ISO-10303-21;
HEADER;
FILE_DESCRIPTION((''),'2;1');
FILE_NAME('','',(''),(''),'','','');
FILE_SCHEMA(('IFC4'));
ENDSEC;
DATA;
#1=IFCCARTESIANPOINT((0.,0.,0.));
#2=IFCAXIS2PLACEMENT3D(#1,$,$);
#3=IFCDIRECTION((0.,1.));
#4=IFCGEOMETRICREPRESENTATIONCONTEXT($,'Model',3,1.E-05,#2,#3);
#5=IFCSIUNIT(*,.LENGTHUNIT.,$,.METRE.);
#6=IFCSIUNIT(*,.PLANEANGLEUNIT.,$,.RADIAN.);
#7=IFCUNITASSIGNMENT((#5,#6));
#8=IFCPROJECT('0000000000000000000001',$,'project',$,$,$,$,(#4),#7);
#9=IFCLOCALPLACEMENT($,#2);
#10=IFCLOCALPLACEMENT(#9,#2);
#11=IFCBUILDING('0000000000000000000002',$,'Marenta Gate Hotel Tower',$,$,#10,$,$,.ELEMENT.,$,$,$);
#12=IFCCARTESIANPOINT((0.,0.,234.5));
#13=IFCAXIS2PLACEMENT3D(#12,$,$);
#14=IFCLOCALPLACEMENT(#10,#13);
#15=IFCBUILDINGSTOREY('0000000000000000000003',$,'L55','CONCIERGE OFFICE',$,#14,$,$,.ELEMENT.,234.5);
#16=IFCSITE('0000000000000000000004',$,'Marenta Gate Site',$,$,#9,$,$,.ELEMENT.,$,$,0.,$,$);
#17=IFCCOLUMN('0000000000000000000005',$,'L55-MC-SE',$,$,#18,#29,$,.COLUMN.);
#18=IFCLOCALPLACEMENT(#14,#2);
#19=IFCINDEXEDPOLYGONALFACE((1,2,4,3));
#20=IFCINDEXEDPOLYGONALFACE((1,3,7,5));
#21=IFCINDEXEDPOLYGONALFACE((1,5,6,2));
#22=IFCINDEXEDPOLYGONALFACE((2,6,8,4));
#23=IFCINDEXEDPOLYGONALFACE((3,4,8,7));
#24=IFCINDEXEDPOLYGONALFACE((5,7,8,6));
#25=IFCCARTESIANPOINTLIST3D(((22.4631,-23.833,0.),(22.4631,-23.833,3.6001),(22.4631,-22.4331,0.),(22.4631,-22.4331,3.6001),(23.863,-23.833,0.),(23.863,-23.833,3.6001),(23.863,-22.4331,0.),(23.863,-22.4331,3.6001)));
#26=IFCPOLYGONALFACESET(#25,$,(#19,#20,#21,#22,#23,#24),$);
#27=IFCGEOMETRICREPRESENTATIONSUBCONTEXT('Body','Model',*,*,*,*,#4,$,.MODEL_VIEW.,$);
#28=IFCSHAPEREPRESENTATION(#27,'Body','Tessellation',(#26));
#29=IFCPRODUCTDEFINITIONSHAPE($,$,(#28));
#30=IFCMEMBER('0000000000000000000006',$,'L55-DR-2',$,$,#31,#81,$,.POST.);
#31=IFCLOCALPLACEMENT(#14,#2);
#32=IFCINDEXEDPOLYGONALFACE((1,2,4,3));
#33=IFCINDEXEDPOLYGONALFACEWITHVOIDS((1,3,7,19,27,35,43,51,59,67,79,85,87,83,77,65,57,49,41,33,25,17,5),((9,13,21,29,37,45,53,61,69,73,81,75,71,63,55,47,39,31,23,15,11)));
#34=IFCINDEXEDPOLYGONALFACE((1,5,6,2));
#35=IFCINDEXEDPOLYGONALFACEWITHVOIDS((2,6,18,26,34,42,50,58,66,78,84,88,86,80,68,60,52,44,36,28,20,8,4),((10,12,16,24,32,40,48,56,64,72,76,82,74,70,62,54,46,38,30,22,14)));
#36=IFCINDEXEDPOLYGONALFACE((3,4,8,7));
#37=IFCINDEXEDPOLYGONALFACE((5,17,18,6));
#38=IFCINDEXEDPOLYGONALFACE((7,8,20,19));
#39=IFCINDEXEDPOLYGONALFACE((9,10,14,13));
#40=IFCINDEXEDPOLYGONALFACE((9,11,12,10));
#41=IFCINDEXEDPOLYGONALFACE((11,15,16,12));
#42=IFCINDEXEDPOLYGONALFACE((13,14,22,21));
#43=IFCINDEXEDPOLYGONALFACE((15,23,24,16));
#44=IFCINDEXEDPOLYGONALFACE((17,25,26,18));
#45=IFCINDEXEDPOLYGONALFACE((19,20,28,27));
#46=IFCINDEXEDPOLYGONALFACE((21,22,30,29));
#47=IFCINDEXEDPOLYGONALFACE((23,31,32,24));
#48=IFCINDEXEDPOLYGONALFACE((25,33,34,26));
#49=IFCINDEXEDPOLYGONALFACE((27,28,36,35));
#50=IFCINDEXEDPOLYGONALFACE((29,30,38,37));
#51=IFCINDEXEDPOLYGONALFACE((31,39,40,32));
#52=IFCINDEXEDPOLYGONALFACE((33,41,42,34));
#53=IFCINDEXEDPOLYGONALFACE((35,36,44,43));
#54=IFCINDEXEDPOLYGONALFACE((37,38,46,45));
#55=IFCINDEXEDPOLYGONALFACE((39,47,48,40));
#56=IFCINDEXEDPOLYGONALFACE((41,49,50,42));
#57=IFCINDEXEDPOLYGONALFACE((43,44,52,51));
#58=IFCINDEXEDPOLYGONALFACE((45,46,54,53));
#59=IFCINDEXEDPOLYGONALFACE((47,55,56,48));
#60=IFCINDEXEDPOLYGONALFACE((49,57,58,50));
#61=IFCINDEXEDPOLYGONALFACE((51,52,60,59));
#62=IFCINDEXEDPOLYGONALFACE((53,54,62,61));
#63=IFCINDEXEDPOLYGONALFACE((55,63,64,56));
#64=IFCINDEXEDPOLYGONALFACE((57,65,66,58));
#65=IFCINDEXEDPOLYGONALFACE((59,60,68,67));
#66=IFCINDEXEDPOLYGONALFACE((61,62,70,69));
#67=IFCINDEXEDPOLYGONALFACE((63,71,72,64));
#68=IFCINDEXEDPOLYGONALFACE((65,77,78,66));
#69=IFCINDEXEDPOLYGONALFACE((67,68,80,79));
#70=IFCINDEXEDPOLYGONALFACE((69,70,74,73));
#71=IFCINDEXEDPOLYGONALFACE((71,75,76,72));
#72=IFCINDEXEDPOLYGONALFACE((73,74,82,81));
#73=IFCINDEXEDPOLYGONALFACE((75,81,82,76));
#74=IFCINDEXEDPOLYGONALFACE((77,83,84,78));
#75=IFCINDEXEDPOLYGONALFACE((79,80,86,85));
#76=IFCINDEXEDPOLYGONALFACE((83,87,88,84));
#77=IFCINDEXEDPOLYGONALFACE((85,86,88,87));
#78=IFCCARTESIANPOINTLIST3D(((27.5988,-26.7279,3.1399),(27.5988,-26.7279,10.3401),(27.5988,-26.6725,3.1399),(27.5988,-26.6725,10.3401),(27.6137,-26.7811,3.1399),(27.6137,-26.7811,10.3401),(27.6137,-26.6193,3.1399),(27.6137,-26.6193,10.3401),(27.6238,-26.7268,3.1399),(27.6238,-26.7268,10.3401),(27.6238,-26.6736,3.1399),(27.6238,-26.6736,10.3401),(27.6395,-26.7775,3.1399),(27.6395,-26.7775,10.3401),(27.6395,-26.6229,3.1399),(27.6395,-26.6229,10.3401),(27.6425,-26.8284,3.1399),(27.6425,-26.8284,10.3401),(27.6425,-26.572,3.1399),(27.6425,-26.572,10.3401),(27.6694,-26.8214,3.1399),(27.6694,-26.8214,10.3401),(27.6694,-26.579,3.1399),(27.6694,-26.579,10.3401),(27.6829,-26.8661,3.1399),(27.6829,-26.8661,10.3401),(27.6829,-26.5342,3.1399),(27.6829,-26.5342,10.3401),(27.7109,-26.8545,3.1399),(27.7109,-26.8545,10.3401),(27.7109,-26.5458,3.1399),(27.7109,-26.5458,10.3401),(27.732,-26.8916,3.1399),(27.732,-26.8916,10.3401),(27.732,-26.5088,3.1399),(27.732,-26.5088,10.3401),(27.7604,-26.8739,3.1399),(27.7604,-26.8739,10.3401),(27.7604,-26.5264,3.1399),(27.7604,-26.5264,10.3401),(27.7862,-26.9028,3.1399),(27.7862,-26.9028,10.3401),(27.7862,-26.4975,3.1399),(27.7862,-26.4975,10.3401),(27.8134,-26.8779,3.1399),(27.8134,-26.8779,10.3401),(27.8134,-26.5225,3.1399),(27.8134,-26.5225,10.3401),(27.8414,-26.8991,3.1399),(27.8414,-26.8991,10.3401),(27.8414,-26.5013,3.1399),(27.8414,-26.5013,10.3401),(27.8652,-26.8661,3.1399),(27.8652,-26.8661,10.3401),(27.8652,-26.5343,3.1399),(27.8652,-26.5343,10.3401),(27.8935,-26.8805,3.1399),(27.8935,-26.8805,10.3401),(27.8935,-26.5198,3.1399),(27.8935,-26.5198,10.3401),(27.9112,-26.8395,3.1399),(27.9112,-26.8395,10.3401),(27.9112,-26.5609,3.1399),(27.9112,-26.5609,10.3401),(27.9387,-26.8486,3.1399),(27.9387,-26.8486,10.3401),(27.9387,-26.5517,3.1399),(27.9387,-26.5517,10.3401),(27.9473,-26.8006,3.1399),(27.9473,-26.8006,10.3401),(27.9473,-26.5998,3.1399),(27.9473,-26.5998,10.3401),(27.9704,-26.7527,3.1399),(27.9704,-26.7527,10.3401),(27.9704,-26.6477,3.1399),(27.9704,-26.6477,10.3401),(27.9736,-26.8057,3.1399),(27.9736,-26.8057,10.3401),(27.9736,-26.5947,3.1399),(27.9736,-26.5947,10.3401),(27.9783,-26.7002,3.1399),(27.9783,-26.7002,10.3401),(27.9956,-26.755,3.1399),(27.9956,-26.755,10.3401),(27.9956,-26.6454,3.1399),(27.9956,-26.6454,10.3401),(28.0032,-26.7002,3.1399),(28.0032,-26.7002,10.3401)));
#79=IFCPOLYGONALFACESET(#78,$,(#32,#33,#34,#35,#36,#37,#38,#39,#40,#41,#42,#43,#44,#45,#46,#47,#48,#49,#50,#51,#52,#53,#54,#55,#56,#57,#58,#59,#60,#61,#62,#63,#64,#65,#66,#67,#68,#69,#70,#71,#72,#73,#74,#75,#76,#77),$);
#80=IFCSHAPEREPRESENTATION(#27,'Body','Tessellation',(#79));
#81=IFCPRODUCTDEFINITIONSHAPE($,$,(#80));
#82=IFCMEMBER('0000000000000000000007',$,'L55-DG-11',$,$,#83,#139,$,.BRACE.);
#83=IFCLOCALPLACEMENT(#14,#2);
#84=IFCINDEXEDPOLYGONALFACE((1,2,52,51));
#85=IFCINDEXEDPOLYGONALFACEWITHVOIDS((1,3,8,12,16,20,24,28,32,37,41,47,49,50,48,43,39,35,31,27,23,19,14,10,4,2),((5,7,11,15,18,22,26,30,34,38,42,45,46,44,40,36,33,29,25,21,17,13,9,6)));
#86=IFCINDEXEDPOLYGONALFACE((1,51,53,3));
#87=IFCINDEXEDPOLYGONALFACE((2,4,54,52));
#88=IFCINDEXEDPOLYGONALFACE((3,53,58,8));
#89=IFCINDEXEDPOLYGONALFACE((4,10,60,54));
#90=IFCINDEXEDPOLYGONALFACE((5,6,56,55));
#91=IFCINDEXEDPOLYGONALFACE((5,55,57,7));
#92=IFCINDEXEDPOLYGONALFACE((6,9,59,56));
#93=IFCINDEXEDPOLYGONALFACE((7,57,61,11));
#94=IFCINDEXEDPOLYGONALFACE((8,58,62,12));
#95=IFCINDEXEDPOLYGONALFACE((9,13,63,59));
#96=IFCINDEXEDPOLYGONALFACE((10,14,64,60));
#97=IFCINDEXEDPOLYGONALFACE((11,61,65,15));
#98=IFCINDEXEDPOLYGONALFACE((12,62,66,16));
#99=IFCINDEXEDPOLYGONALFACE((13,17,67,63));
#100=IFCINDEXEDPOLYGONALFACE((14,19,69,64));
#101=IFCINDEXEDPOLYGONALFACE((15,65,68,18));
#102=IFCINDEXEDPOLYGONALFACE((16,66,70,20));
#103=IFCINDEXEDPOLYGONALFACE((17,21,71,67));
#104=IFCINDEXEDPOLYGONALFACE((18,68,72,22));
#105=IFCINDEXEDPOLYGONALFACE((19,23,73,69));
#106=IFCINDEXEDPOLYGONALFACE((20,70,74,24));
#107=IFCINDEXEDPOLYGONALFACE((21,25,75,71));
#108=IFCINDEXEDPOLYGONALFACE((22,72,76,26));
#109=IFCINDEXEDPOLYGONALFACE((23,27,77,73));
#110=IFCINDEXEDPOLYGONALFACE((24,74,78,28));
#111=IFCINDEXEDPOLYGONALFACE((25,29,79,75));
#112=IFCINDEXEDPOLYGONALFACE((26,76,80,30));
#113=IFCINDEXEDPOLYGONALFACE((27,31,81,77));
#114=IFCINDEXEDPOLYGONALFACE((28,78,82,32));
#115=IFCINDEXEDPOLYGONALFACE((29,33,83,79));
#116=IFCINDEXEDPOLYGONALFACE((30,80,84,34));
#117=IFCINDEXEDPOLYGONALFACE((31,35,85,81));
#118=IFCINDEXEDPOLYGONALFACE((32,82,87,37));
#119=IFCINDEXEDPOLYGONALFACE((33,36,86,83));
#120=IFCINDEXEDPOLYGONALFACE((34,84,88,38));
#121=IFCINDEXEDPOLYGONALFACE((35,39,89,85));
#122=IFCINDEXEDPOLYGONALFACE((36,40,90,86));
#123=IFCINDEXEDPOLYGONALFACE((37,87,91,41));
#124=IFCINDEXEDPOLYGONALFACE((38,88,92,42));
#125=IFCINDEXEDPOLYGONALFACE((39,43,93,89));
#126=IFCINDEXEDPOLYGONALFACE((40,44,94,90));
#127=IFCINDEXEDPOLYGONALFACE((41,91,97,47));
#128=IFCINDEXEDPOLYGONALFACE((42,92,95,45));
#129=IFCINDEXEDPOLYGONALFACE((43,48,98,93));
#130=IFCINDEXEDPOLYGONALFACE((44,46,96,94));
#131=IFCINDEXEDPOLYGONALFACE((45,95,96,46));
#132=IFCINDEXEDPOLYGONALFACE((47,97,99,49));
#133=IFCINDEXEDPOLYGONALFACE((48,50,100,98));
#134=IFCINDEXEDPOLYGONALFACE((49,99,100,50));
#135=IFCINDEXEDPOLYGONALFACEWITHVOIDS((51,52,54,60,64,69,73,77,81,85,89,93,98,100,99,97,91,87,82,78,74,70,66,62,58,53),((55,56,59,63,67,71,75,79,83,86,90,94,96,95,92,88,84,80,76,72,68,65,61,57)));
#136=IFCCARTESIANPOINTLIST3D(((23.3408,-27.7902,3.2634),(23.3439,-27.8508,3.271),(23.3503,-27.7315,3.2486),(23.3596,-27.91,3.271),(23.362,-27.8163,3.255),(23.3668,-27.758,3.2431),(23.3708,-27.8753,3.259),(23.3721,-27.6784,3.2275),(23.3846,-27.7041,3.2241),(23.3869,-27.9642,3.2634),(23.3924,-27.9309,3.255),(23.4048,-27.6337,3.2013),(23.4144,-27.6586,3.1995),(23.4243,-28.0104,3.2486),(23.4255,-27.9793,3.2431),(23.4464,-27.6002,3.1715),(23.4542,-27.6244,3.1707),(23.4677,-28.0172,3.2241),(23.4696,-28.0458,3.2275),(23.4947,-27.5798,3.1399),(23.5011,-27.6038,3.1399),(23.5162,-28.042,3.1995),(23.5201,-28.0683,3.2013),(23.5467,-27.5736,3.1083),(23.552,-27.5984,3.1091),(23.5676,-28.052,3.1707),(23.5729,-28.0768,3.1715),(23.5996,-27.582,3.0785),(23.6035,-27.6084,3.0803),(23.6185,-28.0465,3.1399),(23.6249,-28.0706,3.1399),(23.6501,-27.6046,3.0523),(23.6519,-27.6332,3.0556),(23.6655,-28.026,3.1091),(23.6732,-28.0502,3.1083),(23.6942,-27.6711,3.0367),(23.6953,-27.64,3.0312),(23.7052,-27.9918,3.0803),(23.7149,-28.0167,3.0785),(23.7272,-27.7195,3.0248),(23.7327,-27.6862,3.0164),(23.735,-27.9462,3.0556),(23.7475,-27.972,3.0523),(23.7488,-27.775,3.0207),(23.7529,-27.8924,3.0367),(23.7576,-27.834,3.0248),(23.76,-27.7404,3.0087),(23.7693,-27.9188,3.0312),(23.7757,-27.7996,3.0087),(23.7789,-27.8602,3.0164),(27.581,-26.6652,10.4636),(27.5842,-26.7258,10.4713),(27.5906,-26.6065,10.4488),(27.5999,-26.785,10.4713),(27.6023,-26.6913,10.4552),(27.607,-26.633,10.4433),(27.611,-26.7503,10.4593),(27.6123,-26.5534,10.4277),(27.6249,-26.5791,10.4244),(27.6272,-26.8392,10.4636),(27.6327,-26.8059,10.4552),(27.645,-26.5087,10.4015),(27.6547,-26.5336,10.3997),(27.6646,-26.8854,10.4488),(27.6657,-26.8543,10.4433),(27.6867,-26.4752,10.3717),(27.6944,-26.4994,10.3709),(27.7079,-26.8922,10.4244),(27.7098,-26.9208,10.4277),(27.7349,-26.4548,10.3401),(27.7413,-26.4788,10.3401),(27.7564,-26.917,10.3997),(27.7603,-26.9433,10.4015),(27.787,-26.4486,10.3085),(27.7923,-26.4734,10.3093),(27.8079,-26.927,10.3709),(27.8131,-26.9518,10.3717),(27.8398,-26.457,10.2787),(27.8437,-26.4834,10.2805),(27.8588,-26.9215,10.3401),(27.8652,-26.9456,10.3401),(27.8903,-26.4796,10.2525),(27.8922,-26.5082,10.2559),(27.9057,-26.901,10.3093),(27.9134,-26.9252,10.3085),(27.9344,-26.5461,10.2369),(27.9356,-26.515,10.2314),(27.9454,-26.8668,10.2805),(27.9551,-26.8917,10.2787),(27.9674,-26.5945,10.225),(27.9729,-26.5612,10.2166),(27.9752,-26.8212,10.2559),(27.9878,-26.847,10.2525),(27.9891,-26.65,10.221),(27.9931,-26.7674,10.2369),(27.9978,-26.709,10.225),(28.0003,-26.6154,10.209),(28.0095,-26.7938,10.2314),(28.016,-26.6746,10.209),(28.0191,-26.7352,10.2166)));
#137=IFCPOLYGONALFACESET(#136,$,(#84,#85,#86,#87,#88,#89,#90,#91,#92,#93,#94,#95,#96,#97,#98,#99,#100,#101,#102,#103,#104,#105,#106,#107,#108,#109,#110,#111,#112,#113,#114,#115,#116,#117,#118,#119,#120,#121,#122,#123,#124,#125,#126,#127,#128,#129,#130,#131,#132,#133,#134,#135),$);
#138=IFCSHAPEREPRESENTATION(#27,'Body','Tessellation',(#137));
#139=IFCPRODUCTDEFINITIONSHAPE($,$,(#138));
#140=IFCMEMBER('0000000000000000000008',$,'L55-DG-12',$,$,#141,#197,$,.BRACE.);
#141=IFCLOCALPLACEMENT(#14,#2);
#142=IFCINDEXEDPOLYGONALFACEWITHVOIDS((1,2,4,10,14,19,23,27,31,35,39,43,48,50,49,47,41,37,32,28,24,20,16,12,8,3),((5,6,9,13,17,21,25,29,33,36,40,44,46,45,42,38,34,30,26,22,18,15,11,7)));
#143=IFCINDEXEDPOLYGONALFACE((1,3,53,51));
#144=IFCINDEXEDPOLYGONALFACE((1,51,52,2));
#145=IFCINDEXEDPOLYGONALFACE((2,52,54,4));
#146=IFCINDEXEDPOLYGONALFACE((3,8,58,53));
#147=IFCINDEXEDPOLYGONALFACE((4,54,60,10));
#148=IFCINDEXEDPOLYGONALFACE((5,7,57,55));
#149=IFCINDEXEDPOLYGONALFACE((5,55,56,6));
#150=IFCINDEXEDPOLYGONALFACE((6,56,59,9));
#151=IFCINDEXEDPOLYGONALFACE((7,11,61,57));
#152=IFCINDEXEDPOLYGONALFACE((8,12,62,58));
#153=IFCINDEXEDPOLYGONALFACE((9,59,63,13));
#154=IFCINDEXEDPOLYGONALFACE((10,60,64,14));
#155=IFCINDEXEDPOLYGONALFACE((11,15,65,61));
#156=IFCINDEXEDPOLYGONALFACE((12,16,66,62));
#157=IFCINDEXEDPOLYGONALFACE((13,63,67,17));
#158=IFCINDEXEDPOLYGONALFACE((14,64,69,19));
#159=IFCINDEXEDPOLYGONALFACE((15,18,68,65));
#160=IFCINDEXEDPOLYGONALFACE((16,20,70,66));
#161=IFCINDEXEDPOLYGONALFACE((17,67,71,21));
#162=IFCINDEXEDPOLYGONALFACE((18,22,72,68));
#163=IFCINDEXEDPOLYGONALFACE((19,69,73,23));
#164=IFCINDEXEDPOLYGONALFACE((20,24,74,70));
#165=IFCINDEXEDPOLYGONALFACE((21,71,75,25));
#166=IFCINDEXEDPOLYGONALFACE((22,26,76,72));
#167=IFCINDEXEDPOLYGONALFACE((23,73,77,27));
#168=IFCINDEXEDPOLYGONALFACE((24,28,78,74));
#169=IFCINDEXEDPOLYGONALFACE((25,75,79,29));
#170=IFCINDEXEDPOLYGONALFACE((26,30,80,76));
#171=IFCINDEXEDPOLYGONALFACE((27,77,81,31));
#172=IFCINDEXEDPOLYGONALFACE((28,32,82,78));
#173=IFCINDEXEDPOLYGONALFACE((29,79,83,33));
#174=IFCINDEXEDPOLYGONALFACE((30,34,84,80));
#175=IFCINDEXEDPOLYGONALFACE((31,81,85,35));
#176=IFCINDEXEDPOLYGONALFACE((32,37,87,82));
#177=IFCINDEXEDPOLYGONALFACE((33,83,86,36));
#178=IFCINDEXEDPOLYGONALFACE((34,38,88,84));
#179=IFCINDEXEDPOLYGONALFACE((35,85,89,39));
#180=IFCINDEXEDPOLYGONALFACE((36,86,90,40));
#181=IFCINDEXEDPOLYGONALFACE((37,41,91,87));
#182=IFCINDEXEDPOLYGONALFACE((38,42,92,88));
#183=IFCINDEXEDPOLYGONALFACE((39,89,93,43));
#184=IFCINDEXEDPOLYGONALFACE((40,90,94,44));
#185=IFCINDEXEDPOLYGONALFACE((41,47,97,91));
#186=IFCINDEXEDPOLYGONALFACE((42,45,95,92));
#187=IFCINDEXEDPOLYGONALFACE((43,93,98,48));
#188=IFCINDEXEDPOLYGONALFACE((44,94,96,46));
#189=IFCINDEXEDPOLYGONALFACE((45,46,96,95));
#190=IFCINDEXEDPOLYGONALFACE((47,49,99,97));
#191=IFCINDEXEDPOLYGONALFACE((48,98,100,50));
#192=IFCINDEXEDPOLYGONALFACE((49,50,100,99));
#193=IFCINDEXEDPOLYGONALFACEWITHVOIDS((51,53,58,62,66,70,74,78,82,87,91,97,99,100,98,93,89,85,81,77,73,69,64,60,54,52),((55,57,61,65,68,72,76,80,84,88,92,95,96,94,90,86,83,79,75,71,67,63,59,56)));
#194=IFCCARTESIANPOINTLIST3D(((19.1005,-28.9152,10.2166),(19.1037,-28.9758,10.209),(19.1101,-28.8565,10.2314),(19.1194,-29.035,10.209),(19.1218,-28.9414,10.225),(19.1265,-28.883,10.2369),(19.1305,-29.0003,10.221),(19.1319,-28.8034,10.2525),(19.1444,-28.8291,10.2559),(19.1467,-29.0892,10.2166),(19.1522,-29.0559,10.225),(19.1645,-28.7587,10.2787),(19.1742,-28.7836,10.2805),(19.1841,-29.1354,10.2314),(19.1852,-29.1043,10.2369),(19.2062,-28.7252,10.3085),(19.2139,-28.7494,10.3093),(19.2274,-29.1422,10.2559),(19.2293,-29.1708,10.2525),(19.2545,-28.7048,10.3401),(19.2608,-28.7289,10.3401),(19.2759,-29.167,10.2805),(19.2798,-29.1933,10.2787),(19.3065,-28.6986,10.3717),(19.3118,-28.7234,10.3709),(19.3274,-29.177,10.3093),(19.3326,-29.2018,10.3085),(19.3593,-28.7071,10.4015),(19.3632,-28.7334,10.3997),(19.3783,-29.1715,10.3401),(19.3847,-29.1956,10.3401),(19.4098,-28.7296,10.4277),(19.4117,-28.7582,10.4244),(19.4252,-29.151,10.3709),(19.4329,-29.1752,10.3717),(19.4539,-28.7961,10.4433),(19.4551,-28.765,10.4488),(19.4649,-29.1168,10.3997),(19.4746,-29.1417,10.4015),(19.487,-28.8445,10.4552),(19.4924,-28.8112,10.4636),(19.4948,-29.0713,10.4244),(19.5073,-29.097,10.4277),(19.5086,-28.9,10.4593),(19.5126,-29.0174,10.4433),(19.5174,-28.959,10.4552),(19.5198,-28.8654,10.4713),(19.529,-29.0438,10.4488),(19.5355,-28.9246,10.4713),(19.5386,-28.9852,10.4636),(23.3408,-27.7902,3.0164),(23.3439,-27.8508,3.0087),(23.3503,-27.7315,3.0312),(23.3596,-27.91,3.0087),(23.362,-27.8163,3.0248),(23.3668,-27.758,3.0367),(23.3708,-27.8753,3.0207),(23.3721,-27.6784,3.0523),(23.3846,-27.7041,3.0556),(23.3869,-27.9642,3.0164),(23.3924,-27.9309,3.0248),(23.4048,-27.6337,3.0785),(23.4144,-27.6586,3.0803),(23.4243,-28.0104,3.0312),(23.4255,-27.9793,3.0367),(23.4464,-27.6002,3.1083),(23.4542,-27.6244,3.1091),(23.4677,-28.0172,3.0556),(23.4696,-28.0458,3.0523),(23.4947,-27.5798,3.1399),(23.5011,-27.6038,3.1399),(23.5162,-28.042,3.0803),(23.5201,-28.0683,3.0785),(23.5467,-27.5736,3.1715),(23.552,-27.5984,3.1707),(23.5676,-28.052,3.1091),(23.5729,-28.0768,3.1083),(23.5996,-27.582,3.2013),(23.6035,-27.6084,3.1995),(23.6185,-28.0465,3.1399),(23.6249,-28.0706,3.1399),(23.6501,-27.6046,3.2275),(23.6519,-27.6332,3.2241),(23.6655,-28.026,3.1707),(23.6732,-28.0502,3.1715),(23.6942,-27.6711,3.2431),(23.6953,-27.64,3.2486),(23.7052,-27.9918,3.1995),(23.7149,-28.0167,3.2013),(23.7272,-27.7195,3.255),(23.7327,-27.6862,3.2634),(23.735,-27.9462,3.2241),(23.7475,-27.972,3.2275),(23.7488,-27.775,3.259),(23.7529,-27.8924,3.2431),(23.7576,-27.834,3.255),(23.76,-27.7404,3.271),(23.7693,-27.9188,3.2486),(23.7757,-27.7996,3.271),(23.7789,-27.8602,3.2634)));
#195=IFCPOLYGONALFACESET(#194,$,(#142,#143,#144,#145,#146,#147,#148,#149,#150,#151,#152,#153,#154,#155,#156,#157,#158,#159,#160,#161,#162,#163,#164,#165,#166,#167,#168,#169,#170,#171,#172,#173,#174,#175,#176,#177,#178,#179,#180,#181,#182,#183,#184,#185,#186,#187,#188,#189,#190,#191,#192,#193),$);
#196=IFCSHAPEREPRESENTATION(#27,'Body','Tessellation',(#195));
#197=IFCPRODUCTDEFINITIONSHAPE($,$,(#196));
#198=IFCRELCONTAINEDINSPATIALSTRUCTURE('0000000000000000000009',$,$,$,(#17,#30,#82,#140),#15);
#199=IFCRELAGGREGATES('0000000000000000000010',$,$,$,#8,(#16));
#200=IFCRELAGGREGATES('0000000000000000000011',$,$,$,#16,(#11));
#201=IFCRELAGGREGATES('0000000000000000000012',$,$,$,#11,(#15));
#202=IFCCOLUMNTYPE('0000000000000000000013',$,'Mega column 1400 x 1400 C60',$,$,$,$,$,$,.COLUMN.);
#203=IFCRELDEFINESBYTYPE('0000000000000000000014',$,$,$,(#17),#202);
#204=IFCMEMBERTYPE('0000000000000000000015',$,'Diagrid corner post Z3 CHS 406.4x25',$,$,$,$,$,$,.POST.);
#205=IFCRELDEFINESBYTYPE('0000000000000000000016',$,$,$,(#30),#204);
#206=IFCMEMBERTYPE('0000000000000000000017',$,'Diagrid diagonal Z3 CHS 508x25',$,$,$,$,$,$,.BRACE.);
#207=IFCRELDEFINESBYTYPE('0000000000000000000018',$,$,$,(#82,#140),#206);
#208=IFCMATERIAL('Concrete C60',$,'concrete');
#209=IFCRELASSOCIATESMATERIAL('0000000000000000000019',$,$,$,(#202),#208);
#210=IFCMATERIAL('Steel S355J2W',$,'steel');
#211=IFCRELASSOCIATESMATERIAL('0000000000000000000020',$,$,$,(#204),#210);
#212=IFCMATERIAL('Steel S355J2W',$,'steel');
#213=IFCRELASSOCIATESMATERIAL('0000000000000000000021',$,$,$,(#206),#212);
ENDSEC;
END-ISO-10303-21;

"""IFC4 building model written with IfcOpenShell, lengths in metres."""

from ifc_helpers import new_model, si_unit, direction, frame, origin, origin_2d, place, context, subcontext, project, spatial, rectangle, hollow_circle, extrude, material, material_profile, profile_set, type_object, element, save


model = new_model("IFC4")

# Units and contexts
model_context = context("Model", 3, precision=1e-05, world=origin(), true_north=direction((0.0, 1.0)))
body_context = subcontext(model_context, "Body", "Model", "MODEL_VIEW")
ifc_project = project(units=[si_unit("LENGTHUNIT", "METRE"), si_unit("PLANEANGLEUNIT", "RADIAN")], contexts=[model_context])

# Site, building, storey
site_placement = place(None, origin())
site = spatial("IfcSite", under=ifc_project, at=site_placement, Name="Marenta Gate Site", CompositionType="ELEMENT", RefElevation=0.0)
building_placement = place(site_placement, origin())
building = spatial("IfcBuilding", under=site, at=building_placement, Name="Marenta Gate Hotel Tower", CompositionType="ELEMENT")
storey_placement = place(building_placement, frame((0.0, 0.0, 234.5)))
storey = spatial("IfcBuildingStorey", under=building, at=storey_placement, Name="L55", Description="CONCIERGE OFFICE", CompositionType="ELEMENT", Elevation=234.5)

# Column
ifc_material_1 = material(Name="Concrete C60", Category="concrete")
ifc_material_profile_1 = material_profile(ifc_material_1, rectangle(XDim=1.3999, YDim=1.3999, at=origin_2d()), Name="1400 x 1400")
ifc_profile_set_1 = profile_set([ifc_material_profile_1], Name="Concrete C60")
column_type = type_object("IfcColumnType", Name="Mega column 1400 x 1400 C60", PredefinedType="COLUMN", material=ifc_profile_set_1)
column_placement = place(storey_placement, frame((23.1631, -23.1331, 0.0), z_axis=(0.0, 0.0, 1.0), x_axis=(1.0, 0.0, 0.0)))
element("IfcColumn", 1, at=column_placement, inside=storey, type_object=column_type, Name="L55-MC-SE", PredefinedType="COLUMN", context=body_context, shape_type="SweptSolid", body=[
    extrude(rectangle(XDim=1.3999, YDim=1.3999, at=origin_2d()), origin(), (0.0, 0.0, 1.0), 3.6001),
])

# Members
ifc_material_2 = material(Name="Steel S355J2W", Category="steel")
ifc_material_profile_2 = material_profile(ifc_material_2, hollow_circle(Radius=0.2031, WallThickness=0.0249, at=origin_2d()), Name="CHS 406.4x25")
ifc_profile_set_2 = profile_set([ifc_material_profile_2], Name="Steel S355J2W")
member_type_1 = type_object("IfcMemberType", Name="Diagrid corner post Z3 CHS 406.4x25", PredefinedType="POST", material=ifc_profile_set_2)
member_1_placement = place(storey_placement, frame((27.8, -26.7002, 3.1399), z_axis=(0.0, 0.0, 1.0), x_axis=(1.0, 0.0, 0.0)))
element("IfcMember", 2, at=member_1_placement, inside=storey, type_object=member_type_1, Name="L55-DR-2", PredefinedType="POST", context=body_context, shape_type="SweptSolid", body=[
    extrude(hollow_circle(Radius=0.2031, WallThickness=0.0249, at=origin_2d()), origin(), (0.0, 0.0, 1.0), 7.2002),
])
ifc_material_3 = material(Name="Steel S355J2W", Category="steel")
ifc_material_profile_3 = material_profile(ifc_material_3, hollow_circle(Radius=0.2539, WallThickness=0.0249, at=origin_2d()), Name="CHS 508x25")
ifc_profile_set_3 = profile_set([ifc_material_profile_3], Name="Steel S355J2W")
member_type_2 = type_object("IfcMemberType", Name="Diagrid diagonal Z3 CHS 508x25", PredefinedType="BRACE", material=ifc_profile_set_3)
for number, where, z_axis, x_axis, name in (
    (3, (23.5598, -27.8252, 3.1399), (0.502912, 0.13343, 0.853977), (-0.256443, 0.966559, 0.0), "L55-DG-11"),
    (4, (23.5598, -27.8252, 3.1399), (-0.502912, -0.13343, 0.853977), (0.256443, -0.966559, 0.0), "L55-DG-12"),
):
    element("IfcMember", number, at=place(storey_placement, frame(where, z_axis=z_axis, x_axis=x_axis)), inside=storey, type_object=member_type_2, Name=name, PredefinedType="BRACE", context=body_context, shape_type="SweptSolid", body=[
        extrude(hollow_circle(Radius=0.2539, WallThickness=0.0249, at=origin_2d()), origin(), (0.0, 0.0, 1.0), 8.4314),
    ])

save(model, "model.ifc")
